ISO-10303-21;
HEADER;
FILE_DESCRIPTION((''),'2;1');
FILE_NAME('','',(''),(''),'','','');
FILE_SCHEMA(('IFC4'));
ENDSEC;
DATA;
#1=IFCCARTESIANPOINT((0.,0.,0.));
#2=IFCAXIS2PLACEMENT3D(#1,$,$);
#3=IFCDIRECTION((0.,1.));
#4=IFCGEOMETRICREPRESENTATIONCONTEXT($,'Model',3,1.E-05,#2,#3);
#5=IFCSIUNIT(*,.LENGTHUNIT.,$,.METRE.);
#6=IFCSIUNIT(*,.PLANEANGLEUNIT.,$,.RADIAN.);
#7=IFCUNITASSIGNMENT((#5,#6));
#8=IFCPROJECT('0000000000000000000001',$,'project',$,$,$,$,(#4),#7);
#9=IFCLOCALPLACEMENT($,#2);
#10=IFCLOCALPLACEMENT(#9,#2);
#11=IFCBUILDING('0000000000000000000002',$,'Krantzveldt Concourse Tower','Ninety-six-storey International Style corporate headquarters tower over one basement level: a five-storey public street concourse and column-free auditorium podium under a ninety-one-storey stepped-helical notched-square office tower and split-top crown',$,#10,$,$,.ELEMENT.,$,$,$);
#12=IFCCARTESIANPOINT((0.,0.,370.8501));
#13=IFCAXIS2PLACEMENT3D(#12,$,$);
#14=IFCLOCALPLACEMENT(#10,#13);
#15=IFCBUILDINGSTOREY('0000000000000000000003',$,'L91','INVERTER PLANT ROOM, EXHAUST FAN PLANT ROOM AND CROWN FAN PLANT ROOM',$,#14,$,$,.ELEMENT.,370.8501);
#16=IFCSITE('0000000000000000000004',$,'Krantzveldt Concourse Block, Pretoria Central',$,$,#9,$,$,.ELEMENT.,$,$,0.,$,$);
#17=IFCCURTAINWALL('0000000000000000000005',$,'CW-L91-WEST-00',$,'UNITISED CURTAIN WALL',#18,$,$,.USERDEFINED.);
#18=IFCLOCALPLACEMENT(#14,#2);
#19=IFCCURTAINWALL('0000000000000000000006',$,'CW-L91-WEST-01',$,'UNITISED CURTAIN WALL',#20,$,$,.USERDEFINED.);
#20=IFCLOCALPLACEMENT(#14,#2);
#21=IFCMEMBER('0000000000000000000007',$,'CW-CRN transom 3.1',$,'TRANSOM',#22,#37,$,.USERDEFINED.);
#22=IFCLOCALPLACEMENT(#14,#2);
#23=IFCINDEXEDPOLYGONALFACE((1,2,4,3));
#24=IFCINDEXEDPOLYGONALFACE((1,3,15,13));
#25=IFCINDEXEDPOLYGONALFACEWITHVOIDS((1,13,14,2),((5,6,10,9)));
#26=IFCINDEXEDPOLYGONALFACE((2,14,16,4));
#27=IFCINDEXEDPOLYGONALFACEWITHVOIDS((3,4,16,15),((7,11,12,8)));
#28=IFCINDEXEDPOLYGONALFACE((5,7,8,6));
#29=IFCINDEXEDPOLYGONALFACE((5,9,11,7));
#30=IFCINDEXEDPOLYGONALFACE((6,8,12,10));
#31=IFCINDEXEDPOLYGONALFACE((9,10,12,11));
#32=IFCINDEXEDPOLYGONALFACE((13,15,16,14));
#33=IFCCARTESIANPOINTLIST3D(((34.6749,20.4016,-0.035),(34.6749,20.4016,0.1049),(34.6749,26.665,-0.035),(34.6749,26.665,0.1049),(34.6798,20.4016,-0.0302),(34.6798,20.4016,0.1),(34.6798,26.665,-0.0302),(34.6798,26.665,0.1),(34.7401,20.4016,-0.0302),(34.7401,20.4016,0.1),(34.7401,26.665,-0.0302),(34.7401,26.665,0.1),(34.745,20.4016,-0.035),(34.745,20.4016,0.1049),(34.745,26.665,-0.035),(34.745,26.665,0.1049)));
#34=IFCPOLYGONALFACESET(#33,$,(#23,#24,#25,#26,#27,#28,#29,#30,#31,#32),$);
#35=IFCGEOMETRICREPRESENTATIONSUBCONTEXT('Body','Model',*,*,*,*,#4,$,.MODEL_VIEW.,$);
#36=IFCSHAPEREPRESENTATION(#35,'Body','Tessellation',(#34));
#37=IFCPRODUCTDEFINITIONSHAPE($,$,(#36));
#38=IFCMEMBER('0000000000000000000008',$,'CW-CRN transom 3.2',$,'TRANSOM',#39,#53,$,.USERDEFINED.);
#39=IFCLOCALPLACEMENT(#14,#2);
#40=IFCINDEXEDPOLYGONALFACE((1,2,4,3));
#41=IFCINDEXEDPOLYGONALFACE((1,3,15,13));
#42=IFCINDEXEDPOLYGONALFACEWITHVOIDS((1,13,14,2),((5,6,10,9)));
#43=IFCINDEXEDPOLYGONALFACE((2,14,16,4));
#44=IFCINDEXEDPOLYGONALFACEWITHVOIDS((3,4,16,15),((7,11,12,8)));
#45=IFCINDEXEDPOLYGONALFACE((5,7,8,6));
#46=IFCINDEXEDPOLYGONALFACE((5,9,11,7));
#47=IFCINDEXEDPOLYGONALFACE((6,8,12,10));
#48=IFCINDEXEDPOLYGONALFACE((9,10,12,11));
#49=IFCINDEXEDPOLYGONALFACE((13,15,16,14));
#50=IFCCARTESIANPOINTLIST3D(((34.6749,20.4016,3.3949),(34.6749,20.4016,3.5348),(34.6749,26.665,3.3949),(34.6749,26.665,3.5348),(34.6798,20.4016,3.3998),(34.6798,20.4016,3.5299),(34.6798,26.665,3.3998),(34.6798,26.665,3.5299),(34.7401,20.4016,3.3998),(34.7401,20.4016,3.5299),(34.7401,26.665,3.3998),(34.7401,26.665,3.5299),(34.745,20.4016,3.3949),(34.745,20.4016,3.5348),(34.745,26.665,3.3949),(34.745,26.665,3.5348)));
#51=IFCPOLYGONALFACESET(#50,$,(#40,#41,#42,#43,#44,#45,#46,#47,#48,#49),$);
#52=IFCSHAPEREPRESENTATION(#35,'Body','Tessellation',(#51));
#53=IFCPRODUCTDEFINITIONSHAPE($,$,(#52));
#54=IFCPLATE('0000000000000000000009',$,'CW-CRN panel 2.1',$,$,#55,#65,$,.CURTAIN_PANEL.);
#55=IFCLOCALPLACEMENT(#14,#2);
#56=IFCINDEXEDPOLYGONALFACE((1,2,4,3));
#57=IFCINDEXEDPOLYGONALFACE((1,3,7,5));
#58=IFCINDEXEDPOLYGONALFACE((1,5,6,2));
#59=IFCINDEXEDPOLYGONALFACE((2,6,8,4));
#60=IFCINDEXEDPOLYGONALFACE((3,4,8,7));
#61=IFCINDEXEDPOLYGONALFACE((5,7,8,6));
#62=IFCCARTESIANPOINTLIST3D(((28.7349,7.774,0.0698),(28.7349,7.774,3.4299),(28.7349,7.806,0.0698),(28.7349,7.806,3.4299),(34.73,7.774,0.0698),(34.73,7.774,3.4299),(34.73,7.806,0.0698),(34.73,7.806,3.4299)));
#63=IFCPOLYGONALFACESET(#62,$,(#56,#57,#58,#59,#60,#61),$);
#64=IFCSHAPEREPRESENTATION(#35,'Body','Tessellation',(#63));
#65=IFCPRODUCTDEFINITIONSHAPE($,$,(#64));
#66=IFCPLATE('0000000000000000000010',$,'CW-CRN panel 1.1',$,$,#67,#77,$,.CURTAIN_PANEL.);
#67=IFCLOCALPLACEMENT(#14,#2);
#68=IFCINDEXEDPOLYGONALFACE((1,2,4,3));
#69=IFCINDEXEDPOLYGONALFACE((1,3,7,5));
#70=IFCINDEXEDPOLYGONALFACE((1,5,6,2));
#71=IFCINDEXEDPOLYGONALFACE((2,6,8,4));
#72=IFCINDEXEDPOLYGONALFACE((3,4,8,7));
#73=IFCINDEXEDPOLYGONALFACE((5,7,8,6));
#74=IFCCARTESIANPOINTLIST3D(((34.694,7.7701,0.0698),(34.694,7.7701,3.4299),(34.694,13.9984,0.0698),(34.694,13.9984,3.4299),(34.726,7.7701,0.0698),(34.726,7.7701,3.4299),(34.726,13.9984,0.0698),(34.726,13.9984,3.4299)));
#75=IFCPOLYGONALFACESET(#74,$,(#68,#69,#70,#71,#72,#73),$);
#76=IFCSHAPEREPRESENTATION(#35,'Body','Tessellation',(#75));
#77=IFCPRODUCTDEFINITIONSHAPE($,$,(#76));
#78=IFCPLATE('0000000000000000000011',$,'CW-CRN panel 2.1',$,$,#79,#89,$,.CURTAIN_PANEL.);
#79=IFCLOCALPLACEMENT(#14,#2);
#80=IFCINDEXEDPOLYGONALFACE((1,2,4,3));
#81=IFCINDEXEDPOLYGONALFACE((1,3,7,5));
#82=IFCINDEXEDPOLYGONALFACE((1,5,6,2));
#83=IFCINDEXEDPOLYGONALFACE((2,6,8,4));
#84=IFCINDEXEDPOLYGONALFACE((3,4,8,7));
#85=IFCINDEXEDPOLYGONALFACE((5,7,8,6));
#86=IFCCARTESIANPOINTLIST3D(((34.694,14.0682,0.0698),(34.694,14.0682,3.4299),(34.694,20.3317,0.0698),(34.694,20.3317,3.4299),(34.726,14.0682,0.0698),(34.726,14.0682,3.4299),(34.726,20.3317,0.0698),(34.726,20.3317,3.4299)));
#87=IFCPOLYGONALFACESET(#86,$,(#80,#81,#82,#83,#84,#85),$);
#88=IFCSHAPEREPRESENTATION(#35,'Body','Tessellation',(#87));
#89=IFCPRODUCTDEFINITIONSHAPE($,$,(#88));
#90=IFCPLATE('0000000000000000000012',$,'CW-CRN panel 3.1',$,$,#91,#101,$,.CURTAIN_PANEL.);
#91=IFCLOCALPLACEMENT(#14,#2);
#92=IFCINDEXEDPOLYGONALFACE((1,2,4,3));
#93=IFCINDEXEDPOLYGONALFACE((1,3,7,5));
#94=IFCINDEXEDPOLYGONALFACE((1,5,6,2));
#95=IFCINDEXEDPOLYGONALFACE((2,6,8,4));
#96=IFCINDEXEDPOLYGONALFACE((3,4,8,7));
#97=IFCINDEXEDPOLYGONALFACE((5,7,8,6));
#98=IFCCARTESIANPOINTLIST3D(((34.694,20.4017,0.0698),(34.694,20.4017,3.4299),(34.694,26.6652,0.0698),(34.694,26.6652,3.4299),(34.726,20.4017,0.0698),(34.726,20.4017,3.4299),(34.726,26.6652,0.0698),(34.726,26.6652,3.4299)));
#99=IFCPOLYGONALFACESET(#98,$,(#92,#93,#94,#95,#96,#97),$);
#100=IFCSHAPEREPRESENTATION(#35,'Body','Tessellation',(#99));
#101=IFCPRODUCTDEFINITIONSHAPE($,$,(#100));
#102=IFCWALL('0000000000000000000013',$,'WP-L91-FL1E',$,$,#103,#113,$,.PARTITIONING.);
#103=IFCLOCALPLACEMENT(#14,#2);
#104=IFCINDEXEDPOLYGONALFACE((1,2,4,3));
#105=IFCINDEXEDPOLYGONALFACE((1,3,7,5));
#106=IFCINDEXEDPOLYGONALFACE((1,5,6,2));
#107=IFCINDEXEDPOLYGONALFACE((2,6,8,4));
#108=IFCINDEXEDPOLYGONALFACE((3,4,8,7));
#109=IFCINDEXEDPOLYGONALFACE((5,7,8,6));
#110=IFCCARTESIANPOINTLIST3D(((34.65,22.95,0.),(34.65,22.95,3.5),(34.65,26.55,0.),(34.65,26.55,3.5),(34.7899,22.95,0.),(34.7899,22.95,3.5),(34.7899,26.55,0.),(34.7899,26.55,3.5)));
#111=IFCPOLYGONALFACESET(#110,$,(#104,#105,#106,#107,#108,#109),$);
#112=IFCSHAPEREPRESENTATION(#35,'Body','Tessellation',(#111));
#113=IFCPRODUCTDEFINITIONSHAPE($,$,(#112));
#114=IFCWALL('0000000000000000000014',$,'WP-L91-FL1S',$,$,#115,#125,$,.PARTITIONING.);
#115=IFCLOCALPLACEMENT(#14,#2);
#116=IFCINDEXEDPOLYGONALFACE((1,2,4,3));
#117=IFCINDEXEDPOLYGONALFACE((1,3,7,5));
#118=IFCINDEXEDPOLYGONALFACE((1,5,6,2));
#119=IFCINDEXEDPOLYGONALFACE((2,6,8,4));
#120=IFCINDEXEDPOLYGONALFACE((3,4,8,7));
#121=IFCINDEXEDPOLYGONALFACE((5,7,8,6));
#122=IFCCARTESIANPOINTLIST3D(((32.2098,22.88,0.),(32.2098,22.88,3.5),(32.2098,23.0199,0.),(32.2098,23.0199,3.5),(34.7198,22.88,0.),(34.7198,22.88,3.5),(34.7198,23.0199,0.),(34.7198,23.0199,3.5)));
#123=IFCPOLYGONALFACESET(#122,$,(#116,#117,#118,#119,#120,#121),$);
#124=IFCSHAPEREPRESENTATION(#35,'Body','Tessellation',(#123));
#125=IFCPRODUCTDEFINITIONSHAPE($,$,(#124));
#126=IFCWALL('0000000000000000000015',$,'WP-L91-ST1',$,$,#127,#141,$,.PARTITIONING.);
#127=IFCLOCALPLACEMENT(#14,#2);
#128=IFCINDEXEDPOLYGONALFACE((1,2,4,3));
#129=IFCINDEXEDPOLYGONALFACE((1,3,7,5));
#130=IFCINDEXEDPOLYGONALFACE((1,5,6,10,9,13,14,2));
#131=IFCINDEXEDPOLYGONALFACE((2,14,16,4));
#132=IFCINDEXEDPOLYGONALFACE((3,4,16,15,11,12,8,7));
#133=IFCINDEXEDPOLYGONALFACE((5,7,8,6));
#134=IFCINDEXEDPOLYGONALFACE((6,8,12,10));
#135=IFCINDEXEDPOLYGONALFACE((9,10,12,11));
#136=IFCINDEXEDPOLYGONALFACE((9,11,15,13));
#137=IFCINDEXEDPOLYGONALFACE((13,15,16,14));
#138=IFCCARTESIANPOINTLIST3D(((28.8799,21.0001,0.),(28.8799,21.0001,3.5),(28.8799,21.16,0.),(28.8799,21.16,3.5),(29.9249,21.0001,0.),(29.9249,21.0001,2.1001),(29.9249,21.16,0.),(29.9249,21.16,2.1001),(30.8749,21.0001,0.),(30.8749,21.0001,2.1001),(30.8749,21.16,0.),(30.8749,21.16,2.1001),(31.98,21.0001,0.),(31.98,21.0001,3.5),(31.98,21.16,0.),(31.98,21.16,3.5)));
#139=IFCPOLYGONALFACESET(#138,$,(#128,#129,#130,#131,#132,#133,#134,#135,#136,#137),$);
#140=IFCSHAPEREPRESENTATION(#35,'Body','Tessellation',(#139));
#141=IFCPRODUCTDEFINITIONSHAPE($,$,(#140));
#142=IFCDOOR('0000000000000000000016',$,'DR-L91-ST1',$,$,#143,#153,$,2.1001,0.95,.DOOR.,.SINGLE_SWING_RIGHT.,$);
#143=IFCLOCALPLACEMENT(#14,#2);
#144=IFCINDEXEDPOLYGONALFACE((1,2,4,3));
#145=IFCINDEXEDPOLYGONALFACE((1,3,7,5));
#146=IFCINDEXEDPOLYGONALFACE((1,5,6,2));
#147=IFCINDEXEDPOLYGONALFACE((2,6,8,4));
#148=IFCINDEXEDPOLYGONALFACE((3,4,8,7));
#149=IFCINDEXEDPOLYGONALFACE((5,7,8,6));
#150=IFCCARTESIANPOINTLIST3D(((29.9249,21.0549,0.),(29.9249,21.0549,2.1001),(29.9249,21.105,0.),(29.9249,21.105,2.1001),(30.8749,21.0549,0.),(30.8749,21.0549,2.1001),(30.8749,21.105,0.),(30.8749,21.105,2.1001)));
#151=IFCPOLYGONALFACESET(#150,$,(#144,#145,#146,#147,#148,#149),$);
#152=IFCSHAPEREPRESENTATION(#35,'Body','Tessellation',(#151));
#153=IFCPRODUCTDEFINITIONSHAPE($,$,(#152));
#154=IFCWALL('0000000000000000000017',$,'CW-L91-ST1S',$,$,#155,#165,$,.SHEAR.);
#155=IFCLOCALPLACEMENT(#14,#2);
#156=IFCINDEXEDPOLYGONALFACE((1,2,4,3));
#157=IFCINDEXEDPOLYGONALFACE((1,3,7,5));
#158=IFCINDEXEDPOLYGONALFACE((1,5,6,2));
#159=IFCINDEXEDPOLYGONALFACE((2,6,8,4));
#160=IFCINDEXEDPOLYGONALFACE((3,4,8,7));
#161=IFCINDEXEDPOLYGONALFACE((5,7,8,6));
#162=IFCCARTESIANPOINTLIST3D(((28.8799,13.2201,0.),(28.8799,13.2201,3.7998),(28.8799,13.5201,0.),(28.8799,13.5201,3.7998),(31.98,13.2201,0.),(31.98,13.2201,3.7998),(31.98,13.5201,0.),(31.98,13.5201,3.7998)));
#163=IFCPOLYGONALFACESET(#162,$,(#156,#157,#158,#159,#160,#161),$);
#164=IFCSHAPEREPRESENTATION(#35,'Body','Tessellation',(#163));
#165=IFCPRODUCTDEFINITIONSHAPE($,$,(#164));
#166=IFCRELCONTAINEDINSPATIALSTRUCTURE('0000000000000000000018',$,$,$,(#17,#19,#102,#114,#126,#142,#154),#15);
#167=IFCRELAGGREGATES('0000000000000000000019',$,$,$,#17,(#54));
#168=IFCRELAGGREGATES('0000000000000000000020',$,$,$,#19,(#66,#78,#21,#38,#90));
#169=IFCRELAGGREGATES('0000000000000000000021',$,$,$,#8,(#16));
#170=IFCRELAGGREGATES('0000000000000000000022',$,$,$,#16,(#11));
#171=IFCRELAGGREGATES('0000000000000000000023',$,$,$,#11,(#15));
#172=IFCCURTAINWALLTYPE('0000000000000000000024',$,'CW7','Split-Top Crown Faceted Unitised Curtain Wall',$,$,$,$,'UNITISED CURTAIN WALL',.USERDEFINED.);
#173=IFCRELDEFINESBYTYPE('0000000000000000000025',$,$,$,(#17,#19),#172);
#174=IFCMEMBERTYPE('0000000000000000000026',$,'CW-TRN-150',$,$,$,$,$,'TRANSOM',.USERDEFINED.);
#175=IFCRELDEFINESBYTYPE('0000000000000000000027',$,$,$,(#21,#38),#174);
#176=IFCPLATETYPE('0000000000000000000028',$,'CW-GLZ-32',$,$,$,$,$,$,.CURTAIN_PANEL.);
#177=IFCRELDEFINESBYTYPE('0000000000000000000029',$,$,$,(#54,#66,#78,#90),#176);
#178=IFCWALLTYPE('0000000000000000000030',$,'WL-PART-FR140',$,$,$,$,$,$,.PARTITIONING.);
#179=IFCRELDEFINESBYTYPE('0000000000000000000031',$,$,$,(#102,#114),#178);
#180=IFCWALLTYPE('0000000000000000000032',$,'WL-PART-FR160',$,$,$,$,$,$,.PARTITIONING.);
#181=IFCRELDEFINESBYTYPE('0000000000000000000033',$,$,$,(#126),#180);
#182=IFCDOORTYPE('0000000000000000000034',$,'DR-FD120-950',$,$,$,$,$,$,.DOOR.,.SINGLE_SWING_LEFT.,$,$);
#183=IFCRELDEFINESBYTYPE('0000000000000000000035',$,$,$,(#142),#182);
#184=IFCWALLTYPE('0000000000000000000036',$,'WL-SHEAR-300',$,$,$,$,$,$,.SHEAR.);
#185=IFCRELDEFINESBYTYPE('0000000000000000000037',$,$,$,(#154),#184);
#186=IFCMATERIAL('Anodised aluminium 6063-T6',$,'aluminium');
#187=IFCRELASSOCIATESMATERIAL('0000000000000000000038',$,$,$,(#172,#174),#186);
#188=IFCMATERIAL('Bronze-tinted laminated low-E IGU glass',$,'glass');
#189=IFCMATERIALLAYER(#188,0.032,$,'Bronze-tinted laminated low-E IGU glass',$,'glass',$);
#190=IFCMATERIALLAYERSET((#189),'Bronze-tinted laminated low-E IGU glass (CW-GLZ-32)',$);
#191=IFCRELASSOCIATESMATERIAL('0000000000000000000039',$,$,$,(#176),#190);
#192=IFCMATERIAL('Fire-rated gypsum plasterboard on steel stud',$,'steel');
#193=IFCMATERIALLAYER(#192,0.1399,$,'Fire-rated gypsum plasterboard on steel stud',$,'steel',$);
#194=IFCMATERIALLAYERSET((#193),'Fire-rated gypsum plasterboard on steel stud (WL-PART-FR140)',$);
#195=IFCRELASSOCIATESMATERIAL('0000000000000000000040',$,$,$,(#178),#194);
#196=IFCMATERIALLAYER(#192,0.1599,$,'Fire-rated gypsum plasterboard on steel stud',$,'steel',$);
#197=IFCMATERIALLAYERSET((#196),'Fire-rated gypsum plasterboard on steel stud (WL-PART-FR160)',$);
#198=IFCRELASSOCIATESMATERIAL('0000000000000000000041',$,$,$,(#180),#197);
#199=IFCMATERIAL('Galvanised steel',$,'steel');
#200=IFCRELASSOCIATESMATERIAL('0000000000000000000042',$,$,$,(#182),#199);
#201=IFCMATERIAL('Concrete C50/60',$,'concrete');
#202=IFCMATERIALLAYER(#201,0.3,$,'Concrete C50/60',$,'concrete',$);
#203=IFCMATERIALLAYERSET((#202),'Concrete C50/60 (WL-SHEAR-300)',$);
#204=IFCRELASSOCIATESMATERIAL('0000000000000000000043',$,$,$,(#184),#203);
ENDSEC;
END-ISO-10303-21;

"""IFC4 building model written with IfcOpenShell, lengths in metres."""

from ifc_helpers import new_model, si_unit, direction, frame, frame_2d, origin, origin_2d, place, context, subcontext, project, spatial, rectangle, hollow_rectangle, extrude, source, transform, mapped, material, layer, layer_set, material_profile, profile_set, type_object, type_shapes, element, fill, aggregate, save


model = new_model("IFC4")

# Units and contexts
model_context = context("Model", 3, precision=1e-05, world=origin(), true_north=direction((0.0, 1.0)))
body_context = subcontext(model_context, "Body", "Model", "MODEL_VIEW")
ifc_project = project(units=[si_unit("LENGTHUNIT", "METRE"), si_unit("PLANEANGLEUNIT", "RADIAN")], contexts=[model_context])

# Site, building, storey
site_placement = place(None, origin())
site = spatial("IfcSite", under=ifc_project, at=site_placement, Name="Krantzveldt Concourse Block, Pretoria Central", CompositionType="ELEMENT", RefElevation=0.0)
building_placement = place(site_placement, origin())
building = spatial("IfcBuilding", under=site, at=building_placement, Name="Krantzveldt Concourse Tower", Description="Ninety-six-storey International Style corporate headquarters tower over one basement level: a five-storey public street concourse and column-free auditorium podium under a ninety-one-storey stepped-helical notched-square office tower and split-top crown", CompositionType="ELEMENT")
storey_placement = place(building_placement, frame((0.0, 0.0, 370.8501)))
storey = spatial("IfcBuildingStorey", under=building, at=storey_placement, Name="L91", Description="INVERTER PLANT ROOM, EXHAUST FAN PLANT ROOM AND CROWN FAN PLANT ROOM", CompositionType="ELEMENT", Elevation=370.8501)

# Curtain wall
ifc_material_1 = material(Name="Anodised aluminium 6063-T6", Category="aluminium")
curtain_wall_type = type_object("IfcCurtainWallType", Name="CW7", Description="Split-Top Crown Faceted Unitised Curtain Wall", ElementType="UNITISED CURTAIN WALL", PredefinedType="USERDEFINED", material=ifc_material_1)
curtain_wall_1_placement = place(storey_placement, origin())
curtain_wall_1 = element("IfcCurtainWall", 1, at=curtain_wall_1_placement, inside=storey, type_object=curtain_wall_type, Name="CW-L91-WEST-00", ObjectType="UNITISED CURTAIN WALL", PredefinedType="USERDEFINED")

# Curtain wall
curtain_wall_2_placement = place(storey_placement, origin())
curtain_wall_2 = element("IfcCurtainWall", 2, at=curtain_wall_2_placement, inside=storey, type_object=curtain_wall_type, Name="CW-L91-WEST-01", ObjectType="UNITISED CURTAIN WALL", PredefinedType="USERDEFINED")

# Members
ifc_material_profile_1 = material_profile(ifc_material_1, hollow_rectangle(XDim=0.0701, YDim=0.1399, WallThickness=0.0049, at=origin_2d()), Name="Anodised aluminium 6063-T6", Category="aluminium")
ifc_profile_set_1 = profile_set([ifc_material_profile_1], Name="Anodised aluminium 6063-T6 - ALU-TRAN 140x70x5")
member_type_1 = type_object("IfcMemberType", Name="CW-TRN-150", ElementType="TRANSOM", PredefinedType="USERDEFINED", material=ifc_profile_set_1)
shared_shape_1 = source(origin(), body_context, "Body", "SweptSolid", [
    extrude(hollow_rectangle(XDim=0.0701, YDim=0.1399, WallThickness=0.0049, at=origin_2d()), origin(), (0.0, 0.0, 1.0), 6.2634),
])
member_1_placement = place(storey_placement, frame((34.71, 20.4016, 0.0349), z_axis=(0.0, 1.0, 0.0), x_axis=(-1.0, 0.0, 0.0)))
member_1 = element("IfcMember", 3, at=member_1_placement, type_object=member_type_1, Name="CW-CRN transom 3.1", ObjectType="TRANSOM", PredefinedType="USERDEFINED", context=body_context, shape_type="MappedRepresentation", body=[
    mapped(shared_shape_1, transform((0.0, 0.0, 0.0), x_axis=(1.0, 0.0, 0.0), y_axis=(0.0, 1.0, 0.0), z_axis=(0.0, 0.0, 1.0), scale=1.0)),
])
member_2_placement = place(storey_placement, frame((34.71, 20.4016, 3.4648), z_axis=(0.0, 1.0, 0.0), x_axis=(-1.0, 0.0, 0.0)))
member_2 = element("IfcMember", 4, at=member_2_placement, type_object=member_type_1, Name="CW-CRN transom 3.2", ObjectType="TRANSOM", PredefinedType="USERDEFINED", context=body_context, shape_type="MappedRepresentation", body=[
    mapped(shared_shape_1, transform((0.0, 0.0, 0.0), x_axis=(1.0, 0.0, 0.0), y_axis=(0.0, 1.0, 0.0), z_axis=(0.0, 0.0, 1.0), scale=1.0)),
])

# Plates
ifc_material_2 = material(Name="Bronze-tinted laminated low-E IGU glass", Category="glass")
ifc_layer_1 = layer(ifc_material_2, 0.032, Name="Bronze-tinted laminated low-E IGU glass", Category="glass")
ifc_layer_set_1 = layer_set([ifc_layer_1], Name="Bronze-tinted laminated low-E IGU glass (CW-GLZ-32)")
plate_type = type_object("IfcPlateType", Name="CW-GLZ-32", PredefinedType="CURTAIN_PANEL", material=ifc_layer_set_1)
shared_shape_2 = source(origin(), body_context, "Body", "SweptSolid", [
    extrude(rectangle(XDim=5.9951, YDim=0.032, at=origin_2d()), origin(), (0.0, 0.0, 1.0), 3.3601),
])
plate_1_placement = place(storey_placement, frame((31.7324, 7.79, 0.0698), z_axis=(0.0, 0.0, 1.0), x_axis=(1.0, 0.0, 0.0)))
plate_1 = element("IfcPlate", 5, at=plate_1_placement, type_object=plate_type, Name="CW-CRN panel 2.1", PredefinedType="CURTAIN_PANEL", context=body_context, shape_type="MappedRepresentation", body=[
    mapped(shared_shape_2, transform((0.0, 0.0, 0.0), x_axis=(1.0, 0.0, 0.0), y_axis=(0.0, 1.0, 0.0), z_axis=(0.0, 0.0, 1.0), scale=1.0)),
])
aggregate(curtain_wall_1, [plate_1])
shared_shape_3 = source(origin(), body_context, "Body", "SweptSolid", [
    extrude(rectangle(XDim=6.2283, YDim=0.032, at=origin_2d()), origin(), (0.0, 0.0, 1.0), 3.3601),
])
plate_2_placement = place(storey_placement, frame((34.71, 10.8843, 0.0698), z_axis=(0.0, 0.0, 1.0), x_axis=(0.0, 1.0, 0.0)))
plate_2 = element("IfcPlate", 6, at=plate_2_placement, type_object=plate_type, Name="CW-CRN panel 1.1", PredefinedType="CURTAIN_PANEL", context=body_context, shape_type="MappedRepresentation", body=[
    mapped(shared_shape_3, transform((0.0, 0.0, 0.0), x_axis=(1.0, 0.0, 0.0), y_axis=(0.0, 1.0, 0.0), z_axis=(0.0, 0.0, 1.0), scale=1.0)),
])
shared_shape_4 = source(origin(), body_context, "Body", "SweptSolid", [
    extrude(rectangle(XDim=6.2634, YDim=0.032, at=origin_2d()), origin(), (0.0, 0.0, 1.0), 3.3601),
])
type_shapes(plate_type, [shared_shape_2, shared_shape_3, shared_shape_4])
plate_3_placement = place(storey_placement, frame((34.71, 17.2, 0.0698), z_axis=(0.0, 0.0, 1.0), x_axis=(0.0, 1.0, 0.0)))
plate_3 = element("IfcPlate", 7, at=plate_3_placement, type_object=plate_type, Name="CW-CRN panel 2.1", PredefinedType="CURTAIN_PANEL", context=body_context, shape_type="MappedRepresentation", body=[
    mapped(shared_shape_4, transform((0.0, 0.0, 0.0), x_axis=(1.0, 0.0, 0.0), y_axis=(0.0, 1.0, 0.0), z_axis=(0.0, 0.0, 1.0), scale=1.0)),
])
plate_4_placement = place(storey_placement, frame((34.71, 23.5334, 0.0698), z_axis=(0.0, 0.0, 1.0), x_axis=(0.0, 1.0, 0.0)))
plate_4 = element("IfcPlate", 8, at=plate_4_placement, type_object=plate_type, Name="CW-CRN panel 3.1", PredefinedType="CURTAIN_PANEL", context=body_context, shape_type="MappedRepresentation", body=[
    mapped(shared_shape_4, transform((0.0, 0.0, 0.0), x_axis=(1.0, 0.0, 0.0), y_axis=(0.0, 1.0, 0.0), z_axis=(0.0, 0.0, 1.0), scale=1.0)),
])
aggregate(curtain_wall_2, [plate_2, plate_3, member_1, member_2, plate_4])

# Walls
ifc_material_3 = material(Name="Fire-rated gypsum plasterboard on steel stud", Category="steel")
ifc_layer_2 = layer(ifc_material_3, 0.1399, Name="Fire-rated gypsum plasterboard on steel stud", Category="steel")
ifc_layer_set_2 = layer_set([ifc_layer_2], Name="Fire-rated gypsum plasterboard on steel stud (WL-PART-FR140)")
wall_type_1 = type_object("IfcWallType", Name="WL-PART-FR140", PredefinedType="PARTITIONING", material=ifc_layer_set_2)
wall_1_placement = place(storey_placement, frame((34.72, 22.95, 0.0), z_axis=(0.0, 0.0, 1.0), x_axis=(0.0, 1.0, 0.0)))
element("IfcWall", 9, at=wall_1_placement, inside=storey, type_object=wall_type_1, Name="WP-L91-FL1E", PredefinedType="PARTITIONING", context=body_context, shape_type="SweptSolid", body=[
    extrude(rectangle(XDim=3.6001, YDim=0.1399, at=frame_2d((1.8, 0.0))), origin(), (0.0, 0.0, 1.0), 3.5),
])
wall_2_placement = place(storey_placement, frame((32.21, 22.95, 0.0), z_axis=(0.0, 0.0, 1.0), x_axis=(1.0, 0.0, 0.0)))
element("IfcWall", 10, at=wall_2_placement, inside=storey, type_object=wall_type_1, Name="WP-L91-FL1S", PredefinedType="PARTITIONING", context=body_context, shape_type="SweptSolid", body=[
    extrude(rectangle(XDim=2.51, YDim=0.1399, at=frame_2d((1.2549, 0.0))), origin(), (0.0, 0.0, 1.0), 3.5),
])

# Wall, opening, door
ifc_layer_3 = layer(ifc_material_3, 0.1599, Name="Fire-rated gypsum plasterboard on steel stud", Category="steel")
ifc_layer_set_3 = layer_set([ifc_layer_3], Name="Fire-rated gypsum plasterboard on steel stud (WL-PART-FR160)")
wall_type_2 = type_object("IfcWallType", Name="WL-PART-FR160", PredefinedType="PARTITIONING", material=ifc_layer_set_3)
wall_3_placement = place(storey_placement, frame((28.8799, 21.0801, 0.0), z_axis=(0.0, 0.0, 1.0), x_axis=(1.0, 0.0, 0.0)))
wall_3 = element("IfcWall", 11, at=wall_3_placement, inside=storey, type_object=wall_type_2, Name="WP-L91-ST1", PredefinedType="PARTITIONING", context=body_context, shape_type="SweptSolid", body=[
    extrude(rectangle(XDim=3.1001, YDim=0.1599, at=frame_2d((1.55, 0.0))), origin(), (0.0, 0.0, 1.0), 3.5),
])
opening_1_placement = place(wall_3_placement, frame((1.0449, 0.0, 0.0)))
opening_1 = element("IfcOpeningElement", 12, at=opening_1_placement, cuts=wall_3, PredefinedType="OPENING", context=body_context, shape_type="SweptSolid", body=[
    extrude(rectangle(XDim=0.95, YDim=2.1001, at=frame_2d((0.4751, 1.05))), frame((0.0, 0.0898, 0.0), z_axis=(0.0, -1.0, 0.0), x_axis=(1.0, 0.0, 0.0)), (0.0, 0.0, 1.0), 0.1799),
])
ifc_material_4 = material(Name="Galvanised steel", Category="steel")
door_type_1 = type_object("IfcDoorType", Name="DR-FD120-950", OperationType="SINGLE_SWING_LEFT", PredefinedType="DOOR", material=ifc_material_4)
door_1_placement = place(opening_1_placement, origin())
door_1 = element("IfcDoor", 13, at=door_1_placement, inside=storey, type_object=door_type_1, Name="DR-L91-ST1", OperationType="SINGLE_SWING_RIGHT", OverallHeight=2.1001, OverallWidth=0.95, PredefinedType="DOOR", context=body_context, shape_type="SweptSolid", body=[
    extrude(rectangle(XDim=0.95, YDim=2.1001, at=frame_2d((0.4751, 1.05))), frame((0.0, 0.0249, 0.0), z_axis=(0.0, -1.0, 0.0), x_axis=(1.0, 0.0, 0.0)), (0.0, 0.0, 1.0), 0.05),
])
fill(opening_1, door_1)

# Wall
ifc_material_5 = material(Name="Concrete C50/60", Category="concrete")
ifc_layer_4 = layer(ifc_material_5, 0.3, Name="Concrete C50/60", Category="concrete")
ifc_layer_set_4 = layer_set([ifc_layer_4], Name="Concrete C50/60 (WL-SHEAR-300)")
wall_type_3 = type_object("IfcWallType", Name="WL-SHEAR-300", PredefinedType="SHEAR", material=ifc_layer_set_4)
wall_4_placement = place(storey_placement, frame((28.8799, 13.3701, 0.0), z_axis=(0.0, 0.0, 1.0), x_axis=(1.0, 0.0, 0.0)))
element("IfcWall", 14, at=wall_4_placement, inside=storey, type_object=wall_type_3, Name="CW-L91-ST1S", PredefinedType="SHEAR", context=body_context, shape_type="SweptSolid", body=[
    extrude(rectangle(XDim=3.1001, YDim=0.3, at=frame_2d((1.55, 0.0))), origin(), (0.0, 0.0, 1.0), 3.7998),
])

save(model, "model.ifc")
